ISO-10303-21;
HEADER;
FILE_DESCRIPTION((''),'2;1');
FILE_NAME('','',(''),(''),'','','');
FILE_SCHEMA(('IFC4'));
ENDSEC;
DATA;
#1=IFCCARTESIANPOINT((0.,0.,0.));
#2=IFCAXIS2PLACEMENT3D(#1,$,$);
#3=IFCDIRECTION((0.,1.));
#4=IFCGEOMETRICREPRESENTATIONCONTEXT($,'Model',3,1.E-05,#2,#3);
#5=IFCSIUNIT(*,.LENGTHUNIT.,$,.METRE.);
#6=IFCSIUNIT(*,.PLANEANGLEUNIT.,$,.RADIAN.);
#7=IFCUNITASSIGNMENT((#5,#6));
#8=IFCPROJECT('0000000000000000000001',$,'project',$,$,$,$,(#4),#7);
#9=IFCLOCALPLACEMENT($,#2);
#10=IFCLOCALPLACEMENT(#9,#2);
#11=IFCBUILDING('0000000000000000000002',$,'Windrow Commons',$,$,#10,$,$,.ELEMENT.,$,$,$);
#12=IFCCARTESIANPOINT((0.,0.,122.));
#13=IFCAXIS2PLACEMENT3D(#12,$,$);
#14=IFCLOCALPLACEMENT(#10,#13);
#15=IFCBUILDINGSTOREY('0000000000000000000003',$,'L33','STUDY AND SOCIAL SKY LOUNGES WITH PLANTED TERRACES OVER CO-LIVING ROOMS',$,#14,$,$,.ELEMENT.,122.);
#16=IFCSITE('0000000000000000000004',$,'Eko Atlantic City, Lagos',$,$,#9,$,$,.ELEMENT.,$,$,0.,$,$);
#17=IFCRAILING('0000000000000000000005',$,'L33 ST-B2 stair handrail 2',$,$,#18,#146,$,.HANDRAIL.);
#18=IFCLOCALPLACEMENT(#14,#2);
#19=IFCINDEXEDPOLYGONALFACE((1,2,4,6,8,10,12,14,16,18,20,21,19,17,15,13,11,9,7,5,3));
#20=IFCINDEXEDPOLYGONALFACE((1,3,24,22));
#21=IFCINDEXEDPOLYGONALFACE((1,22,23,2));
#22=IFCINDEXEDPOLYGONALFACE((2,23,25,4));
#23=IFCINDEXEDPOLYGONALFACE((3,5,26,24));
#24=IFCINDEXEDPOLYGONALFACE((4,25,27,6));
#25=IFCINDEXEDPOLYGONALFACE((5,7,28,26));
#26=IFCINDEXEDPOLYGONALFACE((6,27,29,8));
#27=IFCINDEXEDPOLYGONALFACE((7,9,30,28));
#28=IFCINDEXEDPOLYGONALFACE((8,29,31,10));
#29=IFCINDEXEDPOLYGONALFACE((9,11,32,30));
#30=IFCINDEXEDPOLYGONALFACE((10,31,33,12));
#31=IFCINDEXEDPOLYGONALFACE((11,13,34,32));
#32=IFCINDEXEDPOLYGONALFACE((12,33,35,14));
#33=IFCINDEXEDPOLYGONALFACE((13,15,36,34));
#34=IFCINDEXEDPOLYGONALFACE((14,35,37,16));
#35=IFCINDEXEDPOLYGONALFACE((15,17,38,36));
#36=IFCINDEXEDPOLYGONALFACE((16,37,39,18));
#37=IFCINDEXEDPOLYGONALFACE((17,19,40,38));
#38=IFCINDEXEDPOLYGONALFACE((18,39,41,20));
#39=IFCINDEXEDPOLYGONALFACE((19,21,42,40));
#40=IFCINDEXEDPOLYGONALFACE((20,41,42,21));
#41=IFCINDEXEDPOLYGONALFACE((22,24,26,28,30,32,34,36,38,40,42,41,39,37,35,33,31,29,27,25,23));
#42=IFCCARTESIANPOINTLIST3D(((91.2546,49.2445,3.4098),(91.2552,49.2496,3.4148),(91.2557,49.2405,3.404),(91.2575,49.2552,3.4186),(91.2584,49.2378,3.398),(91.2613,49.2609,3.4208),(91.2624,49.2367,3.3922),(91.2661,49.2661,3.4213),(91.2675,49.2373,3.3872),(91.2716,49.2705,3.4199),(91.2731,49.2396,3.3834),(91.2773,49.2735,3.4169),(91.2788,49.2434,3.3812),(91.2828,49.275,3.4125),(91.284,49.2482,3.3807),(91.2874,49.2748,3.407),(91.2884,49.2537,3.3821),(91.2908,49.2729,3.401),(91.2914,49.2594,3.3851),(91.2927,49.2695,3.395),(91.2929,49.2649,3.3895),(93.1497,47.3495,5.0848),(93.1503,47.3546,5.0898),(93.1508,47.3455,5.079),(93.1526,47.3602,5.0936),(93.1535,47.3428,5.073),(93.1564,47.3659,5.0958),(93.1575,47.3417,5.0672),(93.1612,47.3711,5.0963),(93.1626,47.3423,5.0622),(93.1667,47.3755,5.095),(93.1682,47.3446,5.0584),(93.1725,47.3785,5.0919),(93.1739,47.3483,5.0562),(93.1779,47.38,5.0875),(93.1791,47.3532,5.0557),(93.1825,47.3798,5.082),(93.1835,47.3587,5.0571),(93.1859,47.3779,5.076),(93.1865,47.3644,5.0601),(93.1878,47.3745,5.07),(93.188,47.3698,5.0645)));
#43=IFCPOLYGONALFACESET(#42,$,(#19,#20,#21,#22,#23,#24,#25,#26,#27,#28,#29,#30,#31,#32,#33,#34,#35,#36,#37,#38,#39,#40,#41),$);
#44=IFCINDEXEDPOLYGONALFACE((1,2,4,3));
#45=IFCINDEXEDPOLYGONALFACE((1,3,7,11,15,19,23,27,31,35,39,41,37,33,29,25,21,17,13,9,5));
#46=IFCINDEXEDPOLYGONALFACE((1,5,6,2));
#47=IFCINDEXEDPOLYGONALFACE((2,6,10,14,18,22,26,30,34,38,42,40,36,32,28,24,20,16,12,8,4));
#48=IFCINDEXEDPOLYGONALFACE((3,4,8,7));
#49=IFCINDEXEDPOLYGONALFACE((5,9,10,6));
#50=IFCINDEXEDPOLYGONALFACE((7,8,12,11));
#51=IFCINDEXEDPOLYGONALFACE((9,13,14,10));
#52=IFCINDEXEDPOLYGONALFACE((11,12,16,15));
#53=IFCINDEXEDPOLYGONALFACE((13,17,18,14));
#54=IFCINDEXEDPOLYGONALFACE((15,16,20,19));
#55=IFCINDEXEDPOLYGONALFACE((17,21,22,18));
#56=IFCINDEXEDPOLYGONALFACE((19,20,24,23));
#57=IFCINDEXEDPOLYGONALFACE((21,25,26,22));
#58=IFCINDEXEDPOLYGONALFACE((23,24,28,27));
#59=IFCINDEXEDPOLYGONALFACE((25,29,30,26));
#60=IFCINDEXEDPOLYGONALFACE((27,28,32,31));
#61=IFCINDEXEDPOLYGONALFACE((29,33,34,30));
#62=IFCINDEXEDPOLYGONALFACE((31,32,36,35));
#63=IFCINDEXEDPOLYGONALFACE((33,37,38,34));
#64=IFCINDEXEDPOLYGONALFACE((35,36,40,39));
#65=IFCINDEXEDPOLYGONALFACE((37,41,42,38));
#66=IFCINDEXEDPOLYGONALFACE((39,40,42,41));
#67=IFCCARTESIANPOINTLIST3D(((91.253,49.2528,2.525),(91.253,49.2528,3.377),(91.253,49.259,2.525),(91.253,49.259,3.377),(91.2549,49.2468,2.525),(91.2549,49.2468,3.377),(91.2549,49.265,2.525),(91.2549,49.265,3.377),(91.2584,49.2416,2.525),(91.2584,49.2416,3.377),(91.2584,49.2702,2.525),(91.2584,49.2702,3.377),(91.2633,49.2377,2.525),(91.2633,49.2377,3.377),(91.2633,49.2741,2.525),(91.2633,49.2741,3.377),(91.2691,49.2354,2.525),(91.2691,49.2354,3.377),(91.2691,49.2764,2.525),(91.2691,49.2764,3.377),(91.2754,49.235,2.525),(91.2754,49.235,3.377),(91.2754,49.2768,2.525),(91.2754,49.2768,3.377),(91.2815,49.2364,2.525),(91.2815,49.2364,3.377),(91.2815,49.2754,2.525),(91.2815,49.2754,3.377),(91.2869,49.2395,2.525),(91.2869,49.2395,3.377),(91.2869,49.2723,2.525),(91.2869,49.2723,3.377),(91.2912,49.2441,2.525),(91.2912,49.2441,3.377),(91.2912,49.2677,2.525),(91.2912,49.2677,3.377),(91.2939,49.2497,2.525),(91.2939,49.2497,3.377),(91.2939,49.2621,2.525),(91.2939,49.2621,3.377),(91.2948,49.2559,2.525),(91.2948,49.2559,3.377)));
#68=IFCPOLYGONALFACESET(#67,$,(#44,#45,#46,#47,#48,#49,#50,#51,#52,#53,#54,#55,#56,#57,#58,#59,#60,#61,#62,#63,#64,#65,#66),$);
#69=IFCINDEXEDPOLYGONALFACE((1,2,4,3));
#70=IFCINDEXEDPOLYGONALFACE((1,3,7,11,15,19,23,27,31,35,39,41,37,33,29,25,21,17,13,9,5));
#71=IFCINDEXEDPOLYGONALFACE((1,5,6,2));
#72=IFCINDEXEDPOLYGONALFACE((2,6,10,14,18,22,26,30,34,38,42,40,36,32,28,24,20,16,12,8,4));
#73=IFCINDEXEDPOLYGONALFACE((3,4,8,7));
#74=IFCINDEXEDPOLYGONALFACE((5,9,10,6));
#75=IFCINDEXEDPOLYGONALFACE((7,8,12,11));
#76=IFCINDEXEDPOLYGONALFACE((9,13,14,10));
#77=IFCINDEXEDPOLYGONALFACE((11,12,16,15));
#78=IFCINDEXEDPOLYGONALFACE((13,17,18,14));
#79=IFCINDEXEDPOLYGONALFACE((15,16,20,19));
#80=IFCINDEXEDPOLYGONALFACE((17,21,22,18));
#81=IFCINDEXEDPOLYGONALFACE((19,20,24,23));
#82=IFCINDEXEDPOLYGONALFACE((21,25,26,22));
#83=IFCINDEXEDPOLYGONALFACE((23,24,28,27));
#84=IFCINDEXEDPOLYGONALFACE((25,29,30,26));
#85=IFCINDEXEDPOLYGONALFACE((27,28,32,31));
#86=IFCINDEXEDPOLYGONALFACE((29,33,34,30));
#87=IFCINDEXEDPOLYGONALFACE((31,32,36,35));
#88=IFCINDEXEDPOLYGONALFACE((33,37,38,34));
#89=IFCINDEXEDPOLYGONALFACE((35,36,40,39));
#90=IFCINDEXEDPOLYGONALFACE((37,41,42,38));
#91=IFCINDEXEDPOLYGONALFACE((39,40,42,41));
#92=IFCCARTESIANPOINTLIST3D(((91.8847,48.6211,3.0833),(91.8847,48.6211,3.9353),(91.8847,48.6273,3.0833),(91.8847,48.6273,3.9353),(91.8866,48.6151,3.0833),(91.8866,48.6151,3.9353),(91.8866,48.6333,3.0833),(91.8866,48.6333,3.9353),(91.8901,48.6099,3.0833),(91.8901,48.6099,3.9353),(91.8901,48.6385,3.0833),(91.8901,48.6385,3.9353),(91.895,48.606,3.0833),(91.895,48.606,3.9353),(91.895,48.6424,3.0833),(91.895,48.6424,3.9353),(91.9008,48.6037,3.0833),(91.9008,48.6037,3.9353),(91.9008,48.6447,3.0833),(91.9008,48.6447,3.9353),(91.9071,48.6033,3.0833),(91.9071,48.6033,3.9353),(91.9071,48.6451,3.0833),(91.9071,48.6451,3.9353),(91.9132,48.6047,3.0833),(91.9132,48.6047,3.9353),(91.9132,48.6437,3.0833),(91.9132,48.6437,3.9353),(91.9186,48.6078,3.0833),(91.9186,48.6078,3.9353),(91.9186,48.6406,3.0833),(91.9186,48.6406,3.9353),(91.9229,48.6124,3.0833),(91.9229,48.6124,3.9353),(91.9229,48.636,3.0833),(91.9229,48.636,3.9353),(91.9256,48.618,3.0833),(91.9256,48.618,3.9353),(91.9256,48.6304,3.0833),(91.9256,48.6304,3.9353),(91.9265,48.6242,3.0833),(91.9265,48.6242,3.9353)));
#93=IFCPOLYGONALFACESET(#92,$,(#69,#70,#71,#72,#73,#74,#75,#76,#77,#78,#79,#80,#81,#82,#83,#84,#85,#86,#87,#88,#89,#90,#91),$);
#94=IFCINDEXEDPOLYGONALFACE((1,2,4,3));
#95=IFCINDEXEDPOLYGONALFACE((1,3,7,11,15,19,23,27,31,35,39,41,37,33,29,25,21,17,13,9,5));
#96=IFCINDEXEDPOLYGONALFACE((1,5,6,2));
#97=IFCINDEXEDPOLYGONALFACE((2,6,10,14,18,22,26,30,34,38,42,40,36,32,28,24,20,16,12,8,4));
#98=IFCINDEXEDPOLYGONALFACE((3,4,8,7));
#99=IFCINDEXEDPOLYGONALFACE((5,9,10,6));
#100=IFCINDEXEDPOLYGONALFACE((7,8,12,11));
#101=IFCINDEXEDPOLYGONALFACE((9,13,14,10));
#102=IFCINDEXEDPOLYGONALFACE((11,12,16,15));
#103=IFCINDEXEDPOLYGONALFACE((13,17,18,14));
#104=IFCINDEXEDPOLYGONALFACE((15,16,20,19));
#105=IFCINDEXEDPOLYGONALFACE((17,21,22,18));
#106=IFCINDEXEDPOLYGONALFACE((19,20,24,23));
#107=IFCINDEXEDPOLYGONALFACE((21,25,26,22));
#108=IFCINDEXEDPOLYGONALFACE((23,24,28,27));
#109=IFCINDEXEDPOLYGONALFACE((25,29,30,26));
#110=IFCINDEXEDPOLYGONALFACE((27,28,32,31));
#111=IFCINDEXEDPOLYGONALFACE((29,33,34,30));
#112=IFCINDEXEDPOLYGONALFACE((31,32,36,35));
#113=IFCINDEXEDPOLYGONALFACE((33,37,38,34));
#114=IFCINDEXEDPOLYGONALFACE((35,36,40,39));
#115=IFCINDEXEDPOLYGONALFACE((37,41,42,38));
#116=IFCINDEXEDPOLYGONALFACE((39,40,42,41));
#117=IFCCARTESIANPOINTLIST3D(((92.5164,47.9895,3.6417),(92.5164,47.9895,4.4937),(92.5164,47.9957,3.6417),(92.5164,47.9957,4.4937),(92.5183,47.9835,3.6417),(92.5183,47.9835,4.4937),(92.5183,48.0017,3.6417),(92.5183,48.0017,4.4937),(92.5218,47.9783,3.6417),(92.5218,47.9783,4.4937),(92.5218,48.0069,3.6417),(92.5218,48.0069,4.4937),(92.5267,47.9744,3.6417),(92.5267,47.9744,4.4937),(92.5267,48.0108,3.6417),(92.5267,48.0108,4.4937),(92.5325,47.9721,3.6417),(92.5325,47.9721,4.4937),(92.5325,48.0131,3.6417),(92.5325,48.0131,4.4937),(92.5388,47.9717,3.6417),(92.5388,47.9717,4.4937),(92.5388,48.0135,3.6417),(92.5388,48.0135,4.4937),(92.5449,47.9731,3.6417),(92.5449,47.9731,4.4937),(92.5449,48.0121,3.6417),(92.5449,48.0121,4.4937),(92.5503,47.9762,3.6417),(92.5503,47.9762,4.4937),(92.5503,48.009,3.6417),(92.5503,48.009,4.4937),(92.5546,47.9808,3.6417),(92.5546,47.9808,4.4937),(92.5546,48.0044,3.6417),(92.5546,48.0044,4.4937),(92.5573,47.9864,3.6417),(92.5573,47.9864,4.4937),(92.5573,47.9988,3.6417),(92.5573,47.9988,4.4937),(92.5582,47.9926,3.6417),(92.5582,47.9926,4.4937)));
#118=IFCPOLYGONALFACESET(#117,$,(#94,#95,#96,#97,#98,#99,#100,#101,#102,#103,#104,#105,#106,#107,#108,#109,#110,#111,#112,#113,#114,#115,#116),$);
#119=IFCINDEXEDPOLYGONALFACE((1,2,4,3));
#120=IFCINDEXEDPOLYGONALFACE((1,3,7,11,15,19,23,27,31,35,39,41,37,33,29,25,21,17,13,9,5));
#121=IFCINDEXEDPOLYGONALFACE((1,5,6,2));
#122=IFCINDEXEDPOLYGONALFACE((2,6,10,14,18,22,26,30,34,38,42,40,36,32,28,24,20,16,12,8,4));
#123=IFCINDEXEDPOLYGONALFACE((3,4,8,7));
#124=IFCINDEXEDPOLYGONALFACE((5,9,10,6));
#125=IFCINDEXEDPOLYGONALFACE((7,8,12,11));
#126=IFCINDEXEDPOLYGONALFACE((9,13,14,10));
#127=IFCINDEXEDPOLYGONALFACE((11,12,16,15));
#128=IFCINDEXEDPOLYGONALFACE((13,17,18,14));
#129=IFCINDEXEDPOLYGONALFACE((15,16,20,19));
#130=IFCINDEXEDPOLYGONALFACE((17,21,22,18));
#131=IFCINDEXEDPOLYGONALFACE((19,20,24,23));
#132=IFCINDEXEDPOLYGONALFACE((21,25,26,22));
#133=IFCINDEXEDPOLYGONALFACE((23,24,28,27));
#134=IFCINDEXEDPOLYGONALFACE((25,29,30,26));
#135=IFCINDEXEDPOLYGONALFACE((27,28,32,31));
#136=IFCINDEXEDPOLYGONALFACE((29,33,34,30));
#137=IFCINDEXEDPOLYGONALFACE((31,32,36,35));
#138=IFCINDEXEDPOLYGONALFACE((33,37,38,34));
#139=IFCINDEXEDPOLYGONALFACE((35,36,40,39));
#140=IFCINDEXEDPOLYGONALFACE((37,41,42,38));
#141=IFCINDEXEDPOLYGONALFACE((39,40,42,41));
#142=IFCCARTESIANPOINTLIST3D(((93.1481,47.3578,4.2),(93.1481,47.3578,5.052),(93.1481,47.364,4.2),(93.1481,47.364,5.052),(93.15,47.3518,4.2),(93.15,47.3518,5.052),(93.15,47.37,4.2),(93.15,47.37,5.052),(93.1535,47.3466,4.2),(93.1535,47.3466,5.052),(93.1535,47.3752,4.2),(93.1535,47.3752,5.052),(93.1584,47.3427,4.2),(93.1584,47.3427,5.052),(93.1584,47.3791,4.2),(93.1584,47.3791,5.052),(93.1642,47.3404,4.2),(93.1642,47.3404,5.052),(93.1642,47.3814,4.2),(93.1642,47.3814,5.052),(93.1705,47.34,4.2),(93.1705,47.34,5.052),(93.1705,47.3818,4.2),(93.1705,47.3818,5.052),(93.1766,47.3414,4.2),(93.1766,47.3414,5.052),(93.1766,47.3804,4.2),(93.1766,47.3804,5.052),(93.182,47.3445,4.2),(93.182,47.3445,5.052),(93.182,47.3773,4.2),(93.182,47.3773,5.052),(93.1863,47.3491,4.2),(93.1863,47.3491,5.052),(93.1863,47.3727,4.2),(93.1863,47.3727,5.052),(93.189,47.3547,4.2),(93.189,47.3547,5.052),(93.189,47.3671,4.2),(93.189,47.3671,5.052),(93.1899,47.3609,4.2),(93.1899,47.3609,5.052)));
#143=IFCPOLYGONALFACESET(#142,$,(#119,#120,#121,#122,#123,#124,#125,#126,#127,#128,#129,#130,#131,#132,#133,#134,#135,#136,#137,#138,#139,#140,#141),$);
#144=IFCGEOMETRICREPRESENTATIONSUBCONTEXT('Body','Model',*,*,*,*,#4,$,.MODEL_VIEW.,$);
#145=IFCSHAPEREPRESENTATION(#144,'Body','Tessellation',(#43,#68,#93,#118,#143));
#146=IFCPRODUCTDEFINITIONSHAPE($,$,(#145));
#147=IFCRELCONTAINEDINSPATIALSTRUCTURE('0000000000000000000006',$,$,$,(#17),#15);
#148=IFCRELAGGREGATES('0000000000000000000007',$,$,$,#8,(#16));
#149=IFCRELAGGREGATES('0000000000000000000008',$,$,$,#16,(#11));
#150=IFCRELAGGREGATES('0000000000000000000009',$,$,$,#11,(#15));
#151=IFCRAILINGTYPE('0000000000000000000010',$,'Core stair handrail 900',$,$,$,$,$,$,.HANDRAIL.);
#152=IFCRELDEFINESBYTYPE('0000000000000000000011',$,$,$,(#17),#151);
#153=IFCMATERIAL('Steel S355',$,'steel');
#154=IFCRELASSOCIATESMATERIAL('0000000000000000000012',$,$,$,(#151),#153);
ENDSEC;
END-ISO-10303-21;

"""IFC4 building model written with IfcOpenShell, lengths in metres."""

from ifc_helpers import new_model, si_unit, direction, frame, origin, origin_2d, place, context, subcontext, project, spatial, circle, extrude, material, type_object, element, save


model = new_model("IFC4")

# Units and contexts
model_context = context("Model", 3, precision=1e-05, world=origin(), true_north=direction((0.0, 1.0)))
body_context = subcontext(model_context, "Body", "Model", "MODEL_VIEW")
ifc_project = project(units=[si_unit("LENGTHUNIT", "METRE"), si_unit("PLANEANGLEUNIT", "RADIAN")], contexts=[model_context])

# Site, building, storey
site_placement = place(None, origin())
site = spatial("IfcSite", under=ifc_project, at=site_placement, Name="Eko Atlantic City, Lagos", CompositionType="ELEMENT", RefElevation=0.0)
building_placement = place(site_placement, origin())
building = spatial("IfcBuilding", under=site, at=building_placement, Name="Windrow Commons", CompositionType="ELEMENT")
storey_placement = place(building_placement, frame((0.0, 0.0, 122.0)))
storey = spatial("IfcBuildingStorey", under=building, at=storey_placement, Name="L33", Description="STUDY AND SOCIAL SKY LOUNGES WITH PLANTED TERRACES OVER CO-LIVING ROOMS", CompositionType="ELEMENT", Elevation=122.0)

# Railing
ifc_material_1 = material(Name="Steel S355", Category="steel")
railing_type_1 = type_object("IfcRailingType", Name="Core stair handrail 900", PredefinedType="HANDRAIL", material=ifc_material_1)
railing_1_placement = place(storey_placement, frame((91.2738, 49.2559, 2.525)))
element("IfcRailing", 1, at=railing_1_placement, inside=storey, type_object=railing_type_1, Name="L33 ST-B2 stair handrail 2", PredefinedType="HANDRAIL", context=body_context, shape_type="SweptSolid", body=[
    extrude(circle(Radius=0.024, at=origin_2d()), frame((0.0, 0.0, 0.876), z_axis=(0.599642, -0.59961, 0.529998), x_axis=(0.707088, 0.707125, 0.0)), (0.0, 0.0, 1.0), 3.1604),
    extrude(circle(Radius=0.021, at=origin_2d()), origin(), (0.0, 0.0, 1.0), 0.852),
    extrude(circle(Radius=0.021, at=origin_2d()), frame((0.6317, -0.6317, 0.5583)), (0.0, 0.0, 1.0), 0.852),
    extrude(circle(Radius=0.021, at=origin_2d()), frame((1.2634, -1.2633, 1.1167)), (0.0, 0.0, 1.0), 0.852),
    extrude(circle(Radius=0.021, at=origin_2d()), frame((1.8951, -1.895, 1.675)), (0.0, 0.0, 1.0), 0.852),
])

save(model, "model.ifc")
